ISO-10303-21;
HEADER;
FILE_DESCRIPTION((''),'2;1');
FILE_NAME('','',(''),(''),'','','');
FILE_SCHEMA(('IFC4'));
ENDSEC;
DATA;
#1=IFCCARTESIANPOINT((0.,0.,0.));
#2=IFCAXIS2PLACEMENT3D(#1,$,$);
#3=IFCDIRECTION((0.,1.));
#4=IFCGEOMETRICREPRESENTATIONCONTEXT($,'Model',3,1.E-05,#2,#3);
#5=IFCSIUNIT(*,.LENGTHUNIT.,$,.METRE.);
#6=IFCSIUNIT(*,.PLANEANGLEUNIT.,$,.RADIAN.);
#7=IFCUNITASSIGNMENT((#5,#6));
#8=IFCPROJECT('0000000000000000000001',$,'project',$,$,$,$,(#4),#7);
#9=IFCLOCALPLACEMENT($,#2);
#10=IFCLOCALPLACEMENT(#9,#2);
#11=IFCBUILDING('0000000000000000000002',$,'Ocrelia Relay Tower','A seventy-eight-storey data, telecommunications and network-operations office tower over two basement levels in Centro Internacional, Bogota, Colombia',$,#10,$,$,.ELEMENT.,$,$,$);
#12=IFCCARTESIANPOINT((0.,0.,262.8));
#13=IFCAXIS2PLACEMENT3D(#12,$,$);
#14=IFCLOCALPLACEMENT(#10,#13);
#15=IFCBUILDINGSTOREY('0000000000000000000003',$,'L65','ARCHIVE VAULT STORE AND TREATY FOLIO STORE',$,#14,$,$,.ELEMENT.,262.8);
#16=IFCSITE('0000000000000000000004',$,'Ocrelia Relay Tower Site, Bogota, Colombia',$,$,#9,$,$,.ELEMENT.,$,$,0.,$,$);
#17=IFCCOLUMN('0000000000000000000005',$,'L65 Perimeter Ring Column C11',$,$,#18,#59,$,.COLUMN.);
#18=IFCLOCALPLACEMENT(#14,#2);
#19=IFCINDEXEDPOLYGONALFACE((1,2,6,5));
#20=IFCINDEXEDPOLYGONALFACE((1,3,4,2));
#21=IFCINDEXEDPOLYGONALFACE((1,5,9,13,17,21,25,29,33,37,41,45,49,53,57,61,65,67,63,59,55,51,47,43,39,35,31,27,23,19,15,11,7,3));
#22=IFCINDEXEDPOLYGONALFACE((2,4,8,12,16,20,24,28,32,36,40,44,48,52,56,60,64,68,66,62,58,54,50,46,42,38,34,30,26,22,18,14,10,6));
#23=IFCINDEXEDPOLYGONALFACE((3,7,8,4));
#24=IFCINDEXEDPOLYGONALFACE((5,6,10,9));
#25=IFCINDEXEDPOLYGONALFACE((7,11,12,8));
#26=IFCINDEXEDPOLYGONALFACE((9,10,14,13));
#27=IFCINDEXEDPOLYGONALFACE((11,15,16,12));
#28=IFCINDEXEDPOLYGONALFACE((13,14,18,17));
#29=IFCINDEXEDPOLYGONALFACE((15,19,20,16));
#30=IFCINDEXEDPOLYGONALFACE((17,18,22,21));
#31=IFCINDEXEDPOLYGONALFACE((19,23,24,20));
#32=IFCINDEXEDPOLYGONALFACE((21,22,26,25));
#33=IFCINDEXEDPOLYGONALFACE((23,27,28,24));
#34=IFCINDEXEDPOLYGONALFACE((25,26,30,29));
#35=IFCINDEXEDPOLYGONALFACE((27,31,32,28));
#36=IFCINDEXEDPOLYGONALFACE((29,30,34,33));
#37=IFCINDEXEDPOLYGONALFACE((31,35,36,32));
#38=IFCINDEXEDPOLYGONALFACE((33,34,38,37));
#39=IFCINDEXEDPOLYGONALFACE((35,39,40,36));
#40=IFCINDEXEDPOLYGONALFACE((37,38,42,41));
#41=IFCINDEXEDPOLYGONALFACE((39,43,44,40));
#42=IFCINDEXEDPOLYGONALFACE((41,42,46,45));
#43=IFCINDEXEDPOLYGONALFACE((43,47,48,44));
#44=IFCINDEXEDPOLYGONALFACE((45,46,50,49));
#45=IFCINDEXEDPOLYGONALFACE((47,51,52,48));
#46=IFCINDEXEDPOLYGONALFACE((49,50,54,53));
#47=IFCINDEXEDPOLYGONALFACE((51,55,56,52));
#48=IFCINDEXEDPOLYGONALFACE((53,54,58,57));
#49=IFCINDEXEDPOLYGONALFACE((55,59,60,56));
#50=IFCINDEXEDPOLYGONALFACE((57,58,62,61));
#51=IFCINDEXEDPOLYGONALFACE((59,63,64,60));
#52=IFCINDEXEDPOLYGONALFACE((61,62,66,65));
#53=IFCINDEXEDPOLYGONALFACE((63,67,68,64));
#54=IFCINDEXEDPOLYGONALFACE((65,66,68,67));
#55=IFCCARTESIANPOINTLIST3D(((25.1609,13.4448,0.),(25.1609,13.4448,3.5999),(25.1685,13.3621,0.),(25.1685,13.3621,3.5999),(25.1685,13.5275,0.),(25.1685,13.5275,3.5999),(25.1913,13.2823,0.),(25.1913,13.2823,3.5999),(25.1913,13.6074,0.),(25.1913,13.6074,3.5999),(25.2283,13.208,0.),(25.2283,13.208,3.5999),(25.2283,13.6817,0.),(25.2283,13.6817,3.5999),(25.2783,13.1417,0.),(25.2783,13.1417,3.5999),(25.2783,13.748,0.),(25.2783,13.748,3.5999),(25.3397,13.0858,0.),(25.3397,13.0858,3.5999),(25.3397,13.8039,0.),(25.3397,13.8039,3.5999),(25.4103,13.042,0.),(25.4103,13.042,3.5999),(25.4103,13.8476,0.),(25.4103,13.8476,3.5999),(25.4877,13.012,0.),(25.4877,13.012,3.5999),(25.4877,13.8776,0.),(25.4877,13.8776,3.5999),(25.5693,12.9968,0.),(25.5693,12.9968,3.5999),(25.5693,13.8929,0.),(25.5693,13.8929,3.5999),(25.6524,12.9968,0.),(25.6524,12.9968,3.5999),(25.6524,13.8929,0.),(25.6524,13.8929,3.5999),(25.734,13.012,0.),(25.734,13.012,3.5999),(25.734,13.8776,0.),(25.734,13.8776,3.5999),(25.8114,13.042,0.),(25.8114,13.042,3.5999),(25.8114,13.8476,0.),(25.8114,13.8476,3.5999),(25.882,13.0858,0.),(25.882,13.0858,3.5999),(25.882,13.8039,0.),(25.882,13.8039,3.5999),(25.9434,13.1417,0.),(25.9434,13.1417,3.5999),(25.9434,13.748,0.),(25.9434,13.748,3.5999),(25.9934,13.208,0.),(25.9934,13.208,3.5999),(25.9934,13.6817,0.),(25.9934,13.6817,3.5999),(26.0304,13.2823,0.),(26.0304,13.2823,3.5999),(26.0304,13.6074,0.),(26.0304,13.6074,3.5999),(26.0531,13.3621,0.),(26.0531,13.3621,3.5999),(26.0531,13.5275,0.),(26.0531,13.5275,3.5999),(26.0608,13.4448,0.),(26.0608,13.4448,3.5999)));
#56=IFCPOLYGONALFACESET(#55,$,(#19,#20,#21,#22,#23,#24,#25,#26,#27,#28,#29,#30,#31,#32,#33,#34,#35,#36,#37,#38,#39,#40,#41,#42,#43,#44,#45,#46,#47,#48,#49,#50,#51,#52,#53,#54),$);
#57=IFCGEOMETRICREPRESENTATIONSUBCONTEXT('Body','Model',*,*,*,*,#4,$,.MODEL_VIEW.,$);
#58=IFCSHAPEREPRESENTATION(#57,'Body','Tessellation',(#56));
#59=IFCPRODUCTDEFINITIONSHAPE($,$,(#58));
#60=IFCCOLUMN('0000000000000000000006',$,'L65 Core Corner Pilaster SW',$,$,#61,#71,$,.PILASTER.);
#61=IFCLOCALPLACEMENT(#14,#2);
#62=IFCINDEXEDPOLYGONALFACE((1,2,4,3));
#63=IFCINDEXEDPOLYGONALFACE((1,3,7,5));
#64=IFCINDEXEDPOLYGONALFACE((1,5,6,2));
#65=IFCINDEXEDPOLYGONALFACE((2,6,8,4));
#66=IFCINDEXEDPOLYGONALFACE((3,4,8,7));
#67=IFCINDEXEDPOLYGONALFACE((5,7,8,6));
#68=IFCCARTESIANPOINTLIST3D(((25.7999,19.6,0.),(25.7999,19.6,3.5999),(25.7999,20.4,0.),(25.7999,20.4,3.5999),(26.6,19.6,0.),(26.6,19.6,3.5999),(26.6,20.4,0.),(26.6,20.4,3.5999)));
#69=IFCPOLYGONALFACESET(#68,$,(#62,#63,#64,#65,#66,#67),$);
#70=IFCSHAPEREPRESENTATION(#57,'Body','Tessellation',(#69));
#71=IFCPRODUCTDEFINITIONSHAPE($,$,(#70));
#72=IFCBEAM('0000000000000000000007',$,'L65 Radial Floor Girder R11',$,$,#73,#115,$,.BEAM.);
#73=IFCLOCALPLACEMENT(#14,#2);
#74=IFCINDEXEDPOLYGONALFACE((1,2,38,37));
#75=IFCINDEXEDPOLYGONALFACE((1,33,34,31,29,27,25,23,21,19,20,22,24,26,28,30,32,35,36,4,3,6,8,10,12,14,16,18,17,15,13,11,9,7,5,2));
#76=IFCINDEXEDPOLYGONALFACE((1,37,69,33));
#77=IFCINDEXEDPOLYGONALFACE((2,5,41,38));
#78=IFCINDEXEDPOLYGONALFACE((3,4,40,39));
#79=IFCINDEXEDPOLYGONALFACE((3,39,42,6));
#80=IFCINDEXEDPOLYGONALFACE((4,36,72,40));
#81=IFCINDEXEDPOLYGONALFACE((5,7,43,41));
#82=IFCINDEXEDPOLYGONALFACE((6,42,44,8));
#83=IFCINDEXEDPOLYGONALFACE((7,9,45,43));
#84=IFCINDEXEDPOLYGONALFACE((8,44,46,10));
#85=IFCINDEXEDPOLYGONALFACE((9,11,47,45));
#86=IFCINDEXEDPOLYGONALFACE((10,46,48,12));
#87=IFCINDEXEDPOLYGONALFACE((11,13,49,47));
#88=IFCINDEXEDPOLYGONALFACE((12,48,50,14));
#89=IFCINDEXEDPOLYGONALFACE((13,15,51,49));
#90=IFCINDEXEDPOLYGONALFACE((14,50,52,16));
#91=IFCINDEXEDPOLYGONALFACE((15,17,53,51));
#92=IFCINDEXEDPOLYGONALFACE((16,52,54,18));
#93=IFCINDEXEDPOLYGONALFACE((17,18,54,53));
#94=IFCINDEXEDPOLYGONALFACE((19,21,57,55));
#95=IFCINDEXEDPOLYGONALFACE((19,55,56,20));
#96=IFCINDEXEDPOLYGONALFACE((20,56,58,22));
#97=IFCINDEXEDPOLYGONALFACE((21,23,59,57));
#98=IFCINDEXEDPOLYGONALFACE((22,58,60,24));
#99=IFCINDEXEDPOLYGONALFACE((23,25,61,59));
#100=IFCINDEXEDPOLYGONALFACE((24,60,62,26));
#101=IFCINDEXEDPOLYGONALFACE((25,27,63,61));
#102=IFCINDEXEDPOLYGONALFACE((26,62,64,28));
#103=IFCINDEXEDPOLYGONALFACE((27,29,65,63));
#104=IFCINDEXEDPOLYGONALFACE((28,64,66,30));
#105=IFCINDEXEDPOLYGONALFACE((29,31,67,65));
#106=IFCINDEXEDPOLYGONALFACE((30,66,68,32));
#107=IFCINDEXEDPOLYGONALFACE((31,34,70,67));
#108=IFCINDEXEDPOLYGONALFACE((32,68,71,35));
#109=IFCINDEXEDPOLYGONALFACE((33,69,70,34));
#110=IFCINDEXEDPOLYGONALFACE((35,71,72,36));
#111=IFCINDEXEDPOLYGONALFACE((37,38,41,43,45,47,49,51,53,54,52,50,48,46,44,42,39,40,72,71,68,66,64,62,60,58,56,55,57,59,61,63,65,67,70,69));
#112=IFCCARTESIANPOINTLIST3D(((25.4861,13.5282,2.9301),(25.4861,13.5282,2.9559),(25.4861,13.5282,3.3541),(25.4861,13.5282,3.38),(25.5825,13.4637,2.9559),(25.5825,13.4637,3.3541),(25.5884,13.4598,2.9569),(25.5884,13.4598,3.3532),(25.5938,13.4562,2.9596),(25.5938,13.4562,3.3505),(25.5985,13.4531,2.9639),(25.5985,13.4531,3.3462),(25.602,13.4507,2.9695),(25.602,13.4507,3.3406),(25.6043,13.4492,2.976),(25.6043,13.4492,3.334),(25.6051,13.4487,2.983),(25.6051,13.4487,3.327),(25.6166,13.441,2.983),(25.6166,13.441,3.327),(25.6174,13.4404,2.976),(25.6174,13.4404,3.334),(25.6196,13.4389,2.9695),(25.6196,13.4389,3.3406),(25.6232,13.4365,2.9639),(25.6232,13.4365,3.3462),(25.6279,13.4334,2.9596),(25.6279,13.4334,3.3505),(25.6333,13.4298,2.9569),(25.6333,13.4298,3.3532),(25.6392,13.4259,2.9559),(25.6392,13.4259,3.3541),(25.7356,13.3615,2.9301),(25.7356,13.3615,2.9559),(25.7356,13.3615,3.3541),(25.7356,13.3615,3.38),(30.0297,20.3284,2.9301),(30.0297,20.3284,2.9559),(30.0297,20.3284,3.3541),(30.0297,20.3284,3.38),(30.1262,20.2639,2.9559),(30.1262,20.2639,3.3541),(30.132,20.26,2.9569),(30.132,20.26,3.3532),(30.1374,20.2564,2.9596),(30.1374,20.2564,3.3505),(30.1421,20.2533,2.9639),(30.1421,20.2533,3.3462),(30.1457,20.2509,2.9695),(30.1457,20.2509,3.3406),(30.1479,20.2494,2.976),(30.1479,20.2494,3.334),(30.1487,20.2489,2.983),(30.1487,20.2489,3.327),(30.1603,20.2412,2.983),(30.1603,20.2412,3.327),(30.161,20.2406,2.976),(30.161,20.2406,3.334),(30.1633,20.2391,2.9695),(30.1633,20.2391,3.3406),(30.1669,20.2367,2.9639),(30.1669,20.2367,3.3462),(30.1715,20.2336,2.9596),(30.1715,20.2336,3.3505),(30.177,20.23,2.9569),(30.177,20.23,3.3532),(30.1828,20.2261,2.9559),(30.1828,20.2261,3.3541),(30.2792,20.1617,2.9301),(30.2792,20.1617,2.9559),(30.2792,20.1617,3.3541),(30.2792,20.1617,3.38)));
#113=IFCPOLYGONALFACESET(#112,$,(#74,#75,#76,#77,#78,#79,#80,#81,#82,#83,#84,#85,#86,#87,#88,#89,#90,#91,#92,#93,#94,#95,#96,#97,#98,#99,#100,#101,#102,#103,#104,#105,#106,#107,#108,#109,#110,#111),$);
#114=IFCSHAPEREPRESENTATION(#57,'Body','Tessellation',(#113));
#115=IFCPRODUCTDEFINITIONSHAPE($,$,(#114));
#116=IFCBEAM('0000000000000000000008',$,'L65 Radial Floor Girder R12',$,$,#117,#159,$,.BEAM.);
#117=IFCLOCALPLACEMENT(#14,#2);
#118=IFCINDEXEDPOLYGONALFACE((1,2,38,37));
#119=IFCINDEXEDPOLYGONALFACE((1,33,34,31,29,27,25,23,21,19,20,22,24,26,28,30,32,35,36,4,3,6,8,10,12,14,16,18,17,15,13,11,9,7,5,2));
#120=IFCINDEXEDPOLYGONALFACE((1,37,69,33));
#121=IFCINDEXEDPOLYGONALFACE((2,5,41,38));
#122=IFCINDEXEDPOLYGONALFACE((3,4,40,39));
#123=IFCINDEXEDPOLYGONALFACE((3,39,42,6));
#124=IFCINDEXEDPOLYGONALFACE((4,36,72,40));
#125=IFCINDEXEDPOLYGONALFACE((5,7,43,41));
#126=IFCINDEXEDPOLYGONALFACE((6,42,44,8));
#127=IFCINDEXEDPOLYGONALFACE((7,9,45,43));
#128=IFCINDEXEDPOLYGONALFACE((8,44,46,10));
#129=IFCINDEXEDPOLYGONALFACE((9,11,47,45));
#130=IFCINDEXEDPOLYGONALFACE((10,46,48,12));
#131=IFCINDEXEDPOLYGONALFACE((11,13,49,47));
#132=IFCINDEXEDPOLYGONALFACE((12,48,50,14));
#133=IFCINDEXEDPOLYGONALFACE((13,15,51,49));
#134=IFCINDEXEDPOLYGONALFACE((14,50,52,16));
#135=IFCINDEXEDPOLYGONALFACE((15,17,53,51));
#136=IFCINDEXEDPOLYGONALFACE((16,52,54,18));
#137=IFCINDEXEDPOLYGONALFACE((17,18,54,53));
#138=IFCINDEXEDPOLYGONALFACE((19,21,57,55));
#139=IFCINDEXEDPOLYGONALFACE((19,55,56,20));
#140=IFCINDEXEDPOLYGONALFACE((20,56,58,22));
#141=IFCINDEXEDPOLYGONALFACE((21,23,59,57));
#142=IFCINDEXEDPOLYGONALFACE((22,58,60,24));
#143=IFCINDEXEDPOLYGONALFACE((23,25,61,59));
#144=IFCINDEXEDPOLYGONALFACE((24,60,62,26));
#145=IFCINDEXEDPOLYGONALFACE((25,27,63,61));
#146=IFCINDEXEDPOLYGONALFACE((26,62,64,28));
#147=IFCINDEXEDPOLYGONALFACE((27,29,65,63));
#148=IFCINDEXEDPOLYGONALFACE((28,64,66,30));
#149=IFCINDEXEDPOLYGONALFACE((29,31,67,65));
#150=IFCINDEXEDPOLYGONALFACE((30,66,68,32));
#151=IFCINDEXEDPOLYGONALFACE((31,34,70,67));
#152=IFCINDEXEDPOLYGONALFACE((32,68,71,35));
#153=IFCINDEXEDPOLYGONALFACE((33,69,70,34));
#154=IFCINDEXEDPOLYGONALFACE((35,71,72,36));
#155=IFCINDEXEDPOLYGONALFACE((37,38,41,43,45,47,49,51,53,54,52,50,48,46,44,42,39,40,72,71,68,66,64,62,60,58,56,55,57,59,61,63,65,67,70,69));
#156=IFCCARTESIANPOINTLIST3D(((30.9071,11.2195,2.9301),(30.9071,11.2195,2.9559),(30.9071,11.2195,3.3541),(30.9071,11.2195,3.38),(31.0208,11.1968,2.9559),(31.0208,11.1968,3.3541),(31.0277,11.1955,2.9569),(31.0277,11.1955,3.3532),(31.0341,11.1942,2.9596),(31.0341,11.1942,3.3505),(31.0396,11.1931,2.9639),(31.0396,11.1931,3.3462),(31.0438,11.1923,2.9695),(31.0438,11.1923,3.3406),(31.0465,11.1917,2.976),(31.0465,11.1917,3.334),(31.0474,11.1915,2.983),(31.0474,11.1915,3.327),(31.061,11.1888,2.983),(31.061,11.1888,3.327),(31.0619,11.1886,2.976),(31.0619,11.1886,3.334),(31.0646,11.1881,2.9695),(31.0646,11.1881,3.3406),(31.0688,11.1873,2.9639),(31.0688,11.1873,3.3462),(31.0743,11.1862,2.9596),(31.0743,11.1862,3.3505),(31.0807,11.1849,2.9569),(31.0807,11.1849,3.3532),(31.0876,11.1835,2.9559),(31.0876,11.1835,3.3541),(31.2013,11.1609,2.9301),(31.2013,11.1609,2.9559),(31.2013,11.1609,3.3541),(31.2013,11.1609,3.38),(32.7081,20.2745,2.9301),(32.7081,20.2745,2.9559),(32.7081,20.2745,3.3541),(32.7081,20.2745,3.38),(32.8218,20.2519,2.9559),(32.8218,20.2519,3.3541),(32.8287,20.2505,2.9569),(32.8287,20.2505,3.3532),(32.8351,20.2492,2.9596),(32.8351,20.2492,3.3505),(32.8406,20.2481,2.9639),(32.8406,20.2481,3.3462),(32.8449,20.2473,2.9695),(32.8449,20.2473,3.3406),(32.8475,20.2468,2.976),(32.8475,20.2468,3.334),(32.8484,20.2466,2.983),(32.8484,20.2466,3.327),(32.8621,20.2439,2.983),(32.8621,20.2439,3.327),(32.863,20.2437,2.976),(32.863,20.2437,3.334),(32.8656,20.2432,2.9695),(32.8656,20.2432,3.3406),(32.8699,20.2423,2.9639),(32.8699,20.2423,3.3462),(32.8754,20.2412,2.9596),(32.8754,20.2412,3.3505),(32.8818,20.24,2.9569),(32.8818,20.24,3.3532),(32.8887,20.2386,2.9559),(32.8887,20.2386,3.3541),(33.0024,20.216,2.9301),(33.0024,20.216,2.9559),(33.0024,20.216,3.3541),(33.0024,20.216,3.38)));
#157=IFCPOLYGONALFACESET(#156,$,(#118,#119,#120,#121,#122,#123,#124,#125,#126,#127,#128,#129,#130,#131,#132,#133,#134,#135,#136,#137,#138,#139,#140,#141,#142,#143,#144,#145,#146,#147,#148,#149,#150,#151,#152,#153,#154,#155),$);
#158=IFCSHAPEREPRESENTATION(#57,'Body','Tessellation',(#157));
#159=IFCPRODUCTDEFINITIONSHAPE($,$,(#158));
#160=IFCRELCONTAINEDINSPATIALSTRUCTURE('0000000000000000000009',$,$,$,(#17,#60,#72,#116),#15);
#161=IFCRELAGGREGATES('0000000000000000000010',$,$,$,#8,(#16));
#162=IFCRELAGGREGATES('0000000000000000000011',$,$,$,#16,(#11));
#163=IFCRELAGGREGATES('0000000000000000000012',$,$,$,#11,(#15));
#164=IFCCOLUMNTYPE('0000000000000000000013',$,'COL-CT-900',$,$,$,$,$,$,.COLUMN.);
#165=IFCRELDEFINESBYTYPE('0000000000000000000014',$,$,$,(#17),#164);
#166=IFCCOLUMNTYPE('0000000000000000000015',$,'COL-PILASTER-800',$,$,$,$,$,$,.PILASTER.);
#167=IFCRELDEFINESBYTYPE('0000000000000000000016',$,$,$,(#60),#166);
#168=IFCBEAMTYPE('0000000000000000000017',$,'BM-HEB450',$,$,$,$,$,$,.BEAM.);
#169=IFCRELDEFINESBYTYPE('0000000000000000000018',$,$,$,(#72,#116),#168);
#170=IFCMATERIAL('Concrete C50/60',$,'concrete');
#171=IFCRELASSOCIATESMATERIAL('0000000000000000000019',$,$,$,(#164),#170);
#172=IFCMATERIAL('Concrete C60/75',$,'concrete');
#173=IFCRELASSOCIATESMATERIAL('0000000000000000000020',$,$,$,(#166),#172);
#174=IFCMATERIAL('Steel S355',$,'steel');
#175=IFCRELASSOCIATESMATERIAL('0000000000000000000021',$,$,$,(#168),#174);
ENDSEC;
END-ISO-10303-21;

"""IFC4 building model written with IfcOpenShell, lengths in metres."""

from ifc_helpers import new_model, si_unit, direction, frame, origin, origin_2d, place, context, subcontext, project, spatial, rectangle, circle, i_section, extrude, material, material_profile, profile_set, type_object, element, save


model = new_model("IFC4")

# Units and contexts
model_context = context("Model", 3, precision=1e-05, world=origin(), true_north=direction((0.0, 1.0)))
body_context = subcontext(model_context, "Body", "Model", "MODEL_VIEW")
ifc_project = project(units=[si_unit("LENGTHUNIT", "METRE"), si_unit("PLANEANGLEUNIT", "RADIAN")], contexts=[model_context])

# Site, building, storey
site_placement = place(None, origin())
site = spatial("IfcSite", under=ifc_project, at=site_placement, Name="Ocrelia Relay Tower Site, Bogota, Colombia", CompositionType="ELEMENT", RefElevation=0.0)
building_placement = place(site_placement, origin())
building = spatial("IfcBuilding", under=site, at=building_placement, Name="Ocrelia Relay Tower", Description="A seventy-eight-storey data, telecommunications and network-operations office tower over two basement levels in Centro Internacional, Bogota, Colombia", CompositionType="ELEMENT")
storey_placement = place(building_placement, frame((0.0, 0.0, 262.8)))
storey = spatial("IfcBuildingStorey", under=building, at=storey_placement, Name="L65", Description="ARCHIVE VAULT STORE AND TREATY FOLIO STORE", CompositionType="ELEMENT", Elevation=262.8)

# Columns
ifc_material_1 = material(Name="Concrete C50/60", Category="concrete")
ifc_material_profile_1 = material_profile(ifc_material_1, circle(Radius=0.45, at=origin_2d()), Name="RC-CIR-900")
ifc_profile_set_1 = profile_set([ifc_material_profile_1], Name="Concrete C50/60")
column_type_1 = type_object("IfcColumnType", Name="COL-CT-900", PredefinedType="COLUMN", material=ifc_profile_set_1)
column_1_placement = place(storey_placement, frame((25.6108, 13.4448, 0.0), z_axis=(0.0, 0.0, 1.0), x_axis=(1.0, 0.0, 0.0)))
element("IfcColumn", 1, at=column_1_placement, inside=storey, type_object=column_type_1, Name="L65 Perimeter Ring Column C11", PredefinedType="COLUMN", context=body_context, shape_type="SweptSolid", body=[
    extrude(circle(Radius=0.45, at=origin_2d()), origin(), (0.0, 0.0, 1.0), 3.5999),
])
ifc_material_2 = material(Name="Concrete C60/75", Category="concrete")
ifc_material_profile_2 = material_profile(ifc_material_2, rectangle(XDim=0.8, YDim=0.8, at=origin_2d()), Name="RC-COL-800x800")
ifc_profile_set_2 = profile_set([ifc_material_profile_2], Name="Concrete C60/75")
column_type_2 = type_object("IfcColumnType", Name="COL-PILASTER-800", PredefinedType="PILASTER", material=ifc_profile_set_2)
column_2_placement = place(storey_placement, frame((26.2, 20.0, 0.0), z_axis=(0.0, 0.0, 1.0), x_axis=(1.0, 0.0, 0.0)))
element("IfcColumn", 2, at=column_2_placement, inside=storey, type_object=column_type_2, Name="L65 Core Corner Pilaster SW", PredefinedType="PILASTER", context=body_context, shape_type="SweptSolid", body=[
    extrude(rectangle(XDim=0.8, YDim=0.8, at=origin_2d()), origin(), (0.0, 0.0, 1.0), 3.5999),
])

# Beams
ifc_material_3 = material(Name="Steel S355", Category="steel")
ifc_material_profile_3 = material_profile(ifc_material_3, i_section(OverallWidth=0.3, OverallDepth=0.45, WebThickness=0.0139, FlangeThickness=0.0259, FilletRadius=0.0271, at=origin_2d()), Name="HEB 450")
ifc_profile_set_3 = profile_set([ifc_material_profile_3], Name="Steel S355")
beam_type_1 = type_object("IfcBeamType", Name="BM-HEB450", PredefinedType="BEAM", material=ifc_profile_set_3)
beam_1_placement = place(storey_placement, frame((25.6108, 13.4448, 3.155), z_axis=(0.555561, 0.831476, 0.0), x_axis=(-0.831476, 0.555561, 0.0)))
element("IfcBeam", 3, at=beam_1_placement, inside=storey, type_object=beam_type_1, Name="L65 Radial Floor Girder R11", PredefinedType="BEAM", context=body_context, shape_type="SweptSolid", body=[
    extrude(i_section(OverallWidth=0.3, OverallDepth=0.45, WebThickness=0.0139, FlangeThickness=0.0259, FilletRadius=0.0271, at=origin_2d()), origin(), (0.0, 0.0, 1.0), 8.1785),
])
beam_2_placement = place(storey_placement, frame((31.0542, 11.1902, 3.155), z_axis=(0.195079, 0.980788, 0.0), x_axis=(-0.980788, 0.195079, 0.0)))
element("IfcBeam", 4, at=beam_2_placement, inside=storey, type_object=beam_type_1, Name="L65 Radial Floor Girder R12", PredefinedType="BEAM", context=body_context, shape_type="SweptSolid", body=[
    extrude(i_section(OverallWidth=0.3, OverallDepth=0.45, WebThickness=0.0139, FlangeThickness=0.0259, FilletRadius=0.0271, at=origin_2d()), origin(), (0.0, 0.0, 1.0), 9.2324),
])

save(model, "model.ifc")
